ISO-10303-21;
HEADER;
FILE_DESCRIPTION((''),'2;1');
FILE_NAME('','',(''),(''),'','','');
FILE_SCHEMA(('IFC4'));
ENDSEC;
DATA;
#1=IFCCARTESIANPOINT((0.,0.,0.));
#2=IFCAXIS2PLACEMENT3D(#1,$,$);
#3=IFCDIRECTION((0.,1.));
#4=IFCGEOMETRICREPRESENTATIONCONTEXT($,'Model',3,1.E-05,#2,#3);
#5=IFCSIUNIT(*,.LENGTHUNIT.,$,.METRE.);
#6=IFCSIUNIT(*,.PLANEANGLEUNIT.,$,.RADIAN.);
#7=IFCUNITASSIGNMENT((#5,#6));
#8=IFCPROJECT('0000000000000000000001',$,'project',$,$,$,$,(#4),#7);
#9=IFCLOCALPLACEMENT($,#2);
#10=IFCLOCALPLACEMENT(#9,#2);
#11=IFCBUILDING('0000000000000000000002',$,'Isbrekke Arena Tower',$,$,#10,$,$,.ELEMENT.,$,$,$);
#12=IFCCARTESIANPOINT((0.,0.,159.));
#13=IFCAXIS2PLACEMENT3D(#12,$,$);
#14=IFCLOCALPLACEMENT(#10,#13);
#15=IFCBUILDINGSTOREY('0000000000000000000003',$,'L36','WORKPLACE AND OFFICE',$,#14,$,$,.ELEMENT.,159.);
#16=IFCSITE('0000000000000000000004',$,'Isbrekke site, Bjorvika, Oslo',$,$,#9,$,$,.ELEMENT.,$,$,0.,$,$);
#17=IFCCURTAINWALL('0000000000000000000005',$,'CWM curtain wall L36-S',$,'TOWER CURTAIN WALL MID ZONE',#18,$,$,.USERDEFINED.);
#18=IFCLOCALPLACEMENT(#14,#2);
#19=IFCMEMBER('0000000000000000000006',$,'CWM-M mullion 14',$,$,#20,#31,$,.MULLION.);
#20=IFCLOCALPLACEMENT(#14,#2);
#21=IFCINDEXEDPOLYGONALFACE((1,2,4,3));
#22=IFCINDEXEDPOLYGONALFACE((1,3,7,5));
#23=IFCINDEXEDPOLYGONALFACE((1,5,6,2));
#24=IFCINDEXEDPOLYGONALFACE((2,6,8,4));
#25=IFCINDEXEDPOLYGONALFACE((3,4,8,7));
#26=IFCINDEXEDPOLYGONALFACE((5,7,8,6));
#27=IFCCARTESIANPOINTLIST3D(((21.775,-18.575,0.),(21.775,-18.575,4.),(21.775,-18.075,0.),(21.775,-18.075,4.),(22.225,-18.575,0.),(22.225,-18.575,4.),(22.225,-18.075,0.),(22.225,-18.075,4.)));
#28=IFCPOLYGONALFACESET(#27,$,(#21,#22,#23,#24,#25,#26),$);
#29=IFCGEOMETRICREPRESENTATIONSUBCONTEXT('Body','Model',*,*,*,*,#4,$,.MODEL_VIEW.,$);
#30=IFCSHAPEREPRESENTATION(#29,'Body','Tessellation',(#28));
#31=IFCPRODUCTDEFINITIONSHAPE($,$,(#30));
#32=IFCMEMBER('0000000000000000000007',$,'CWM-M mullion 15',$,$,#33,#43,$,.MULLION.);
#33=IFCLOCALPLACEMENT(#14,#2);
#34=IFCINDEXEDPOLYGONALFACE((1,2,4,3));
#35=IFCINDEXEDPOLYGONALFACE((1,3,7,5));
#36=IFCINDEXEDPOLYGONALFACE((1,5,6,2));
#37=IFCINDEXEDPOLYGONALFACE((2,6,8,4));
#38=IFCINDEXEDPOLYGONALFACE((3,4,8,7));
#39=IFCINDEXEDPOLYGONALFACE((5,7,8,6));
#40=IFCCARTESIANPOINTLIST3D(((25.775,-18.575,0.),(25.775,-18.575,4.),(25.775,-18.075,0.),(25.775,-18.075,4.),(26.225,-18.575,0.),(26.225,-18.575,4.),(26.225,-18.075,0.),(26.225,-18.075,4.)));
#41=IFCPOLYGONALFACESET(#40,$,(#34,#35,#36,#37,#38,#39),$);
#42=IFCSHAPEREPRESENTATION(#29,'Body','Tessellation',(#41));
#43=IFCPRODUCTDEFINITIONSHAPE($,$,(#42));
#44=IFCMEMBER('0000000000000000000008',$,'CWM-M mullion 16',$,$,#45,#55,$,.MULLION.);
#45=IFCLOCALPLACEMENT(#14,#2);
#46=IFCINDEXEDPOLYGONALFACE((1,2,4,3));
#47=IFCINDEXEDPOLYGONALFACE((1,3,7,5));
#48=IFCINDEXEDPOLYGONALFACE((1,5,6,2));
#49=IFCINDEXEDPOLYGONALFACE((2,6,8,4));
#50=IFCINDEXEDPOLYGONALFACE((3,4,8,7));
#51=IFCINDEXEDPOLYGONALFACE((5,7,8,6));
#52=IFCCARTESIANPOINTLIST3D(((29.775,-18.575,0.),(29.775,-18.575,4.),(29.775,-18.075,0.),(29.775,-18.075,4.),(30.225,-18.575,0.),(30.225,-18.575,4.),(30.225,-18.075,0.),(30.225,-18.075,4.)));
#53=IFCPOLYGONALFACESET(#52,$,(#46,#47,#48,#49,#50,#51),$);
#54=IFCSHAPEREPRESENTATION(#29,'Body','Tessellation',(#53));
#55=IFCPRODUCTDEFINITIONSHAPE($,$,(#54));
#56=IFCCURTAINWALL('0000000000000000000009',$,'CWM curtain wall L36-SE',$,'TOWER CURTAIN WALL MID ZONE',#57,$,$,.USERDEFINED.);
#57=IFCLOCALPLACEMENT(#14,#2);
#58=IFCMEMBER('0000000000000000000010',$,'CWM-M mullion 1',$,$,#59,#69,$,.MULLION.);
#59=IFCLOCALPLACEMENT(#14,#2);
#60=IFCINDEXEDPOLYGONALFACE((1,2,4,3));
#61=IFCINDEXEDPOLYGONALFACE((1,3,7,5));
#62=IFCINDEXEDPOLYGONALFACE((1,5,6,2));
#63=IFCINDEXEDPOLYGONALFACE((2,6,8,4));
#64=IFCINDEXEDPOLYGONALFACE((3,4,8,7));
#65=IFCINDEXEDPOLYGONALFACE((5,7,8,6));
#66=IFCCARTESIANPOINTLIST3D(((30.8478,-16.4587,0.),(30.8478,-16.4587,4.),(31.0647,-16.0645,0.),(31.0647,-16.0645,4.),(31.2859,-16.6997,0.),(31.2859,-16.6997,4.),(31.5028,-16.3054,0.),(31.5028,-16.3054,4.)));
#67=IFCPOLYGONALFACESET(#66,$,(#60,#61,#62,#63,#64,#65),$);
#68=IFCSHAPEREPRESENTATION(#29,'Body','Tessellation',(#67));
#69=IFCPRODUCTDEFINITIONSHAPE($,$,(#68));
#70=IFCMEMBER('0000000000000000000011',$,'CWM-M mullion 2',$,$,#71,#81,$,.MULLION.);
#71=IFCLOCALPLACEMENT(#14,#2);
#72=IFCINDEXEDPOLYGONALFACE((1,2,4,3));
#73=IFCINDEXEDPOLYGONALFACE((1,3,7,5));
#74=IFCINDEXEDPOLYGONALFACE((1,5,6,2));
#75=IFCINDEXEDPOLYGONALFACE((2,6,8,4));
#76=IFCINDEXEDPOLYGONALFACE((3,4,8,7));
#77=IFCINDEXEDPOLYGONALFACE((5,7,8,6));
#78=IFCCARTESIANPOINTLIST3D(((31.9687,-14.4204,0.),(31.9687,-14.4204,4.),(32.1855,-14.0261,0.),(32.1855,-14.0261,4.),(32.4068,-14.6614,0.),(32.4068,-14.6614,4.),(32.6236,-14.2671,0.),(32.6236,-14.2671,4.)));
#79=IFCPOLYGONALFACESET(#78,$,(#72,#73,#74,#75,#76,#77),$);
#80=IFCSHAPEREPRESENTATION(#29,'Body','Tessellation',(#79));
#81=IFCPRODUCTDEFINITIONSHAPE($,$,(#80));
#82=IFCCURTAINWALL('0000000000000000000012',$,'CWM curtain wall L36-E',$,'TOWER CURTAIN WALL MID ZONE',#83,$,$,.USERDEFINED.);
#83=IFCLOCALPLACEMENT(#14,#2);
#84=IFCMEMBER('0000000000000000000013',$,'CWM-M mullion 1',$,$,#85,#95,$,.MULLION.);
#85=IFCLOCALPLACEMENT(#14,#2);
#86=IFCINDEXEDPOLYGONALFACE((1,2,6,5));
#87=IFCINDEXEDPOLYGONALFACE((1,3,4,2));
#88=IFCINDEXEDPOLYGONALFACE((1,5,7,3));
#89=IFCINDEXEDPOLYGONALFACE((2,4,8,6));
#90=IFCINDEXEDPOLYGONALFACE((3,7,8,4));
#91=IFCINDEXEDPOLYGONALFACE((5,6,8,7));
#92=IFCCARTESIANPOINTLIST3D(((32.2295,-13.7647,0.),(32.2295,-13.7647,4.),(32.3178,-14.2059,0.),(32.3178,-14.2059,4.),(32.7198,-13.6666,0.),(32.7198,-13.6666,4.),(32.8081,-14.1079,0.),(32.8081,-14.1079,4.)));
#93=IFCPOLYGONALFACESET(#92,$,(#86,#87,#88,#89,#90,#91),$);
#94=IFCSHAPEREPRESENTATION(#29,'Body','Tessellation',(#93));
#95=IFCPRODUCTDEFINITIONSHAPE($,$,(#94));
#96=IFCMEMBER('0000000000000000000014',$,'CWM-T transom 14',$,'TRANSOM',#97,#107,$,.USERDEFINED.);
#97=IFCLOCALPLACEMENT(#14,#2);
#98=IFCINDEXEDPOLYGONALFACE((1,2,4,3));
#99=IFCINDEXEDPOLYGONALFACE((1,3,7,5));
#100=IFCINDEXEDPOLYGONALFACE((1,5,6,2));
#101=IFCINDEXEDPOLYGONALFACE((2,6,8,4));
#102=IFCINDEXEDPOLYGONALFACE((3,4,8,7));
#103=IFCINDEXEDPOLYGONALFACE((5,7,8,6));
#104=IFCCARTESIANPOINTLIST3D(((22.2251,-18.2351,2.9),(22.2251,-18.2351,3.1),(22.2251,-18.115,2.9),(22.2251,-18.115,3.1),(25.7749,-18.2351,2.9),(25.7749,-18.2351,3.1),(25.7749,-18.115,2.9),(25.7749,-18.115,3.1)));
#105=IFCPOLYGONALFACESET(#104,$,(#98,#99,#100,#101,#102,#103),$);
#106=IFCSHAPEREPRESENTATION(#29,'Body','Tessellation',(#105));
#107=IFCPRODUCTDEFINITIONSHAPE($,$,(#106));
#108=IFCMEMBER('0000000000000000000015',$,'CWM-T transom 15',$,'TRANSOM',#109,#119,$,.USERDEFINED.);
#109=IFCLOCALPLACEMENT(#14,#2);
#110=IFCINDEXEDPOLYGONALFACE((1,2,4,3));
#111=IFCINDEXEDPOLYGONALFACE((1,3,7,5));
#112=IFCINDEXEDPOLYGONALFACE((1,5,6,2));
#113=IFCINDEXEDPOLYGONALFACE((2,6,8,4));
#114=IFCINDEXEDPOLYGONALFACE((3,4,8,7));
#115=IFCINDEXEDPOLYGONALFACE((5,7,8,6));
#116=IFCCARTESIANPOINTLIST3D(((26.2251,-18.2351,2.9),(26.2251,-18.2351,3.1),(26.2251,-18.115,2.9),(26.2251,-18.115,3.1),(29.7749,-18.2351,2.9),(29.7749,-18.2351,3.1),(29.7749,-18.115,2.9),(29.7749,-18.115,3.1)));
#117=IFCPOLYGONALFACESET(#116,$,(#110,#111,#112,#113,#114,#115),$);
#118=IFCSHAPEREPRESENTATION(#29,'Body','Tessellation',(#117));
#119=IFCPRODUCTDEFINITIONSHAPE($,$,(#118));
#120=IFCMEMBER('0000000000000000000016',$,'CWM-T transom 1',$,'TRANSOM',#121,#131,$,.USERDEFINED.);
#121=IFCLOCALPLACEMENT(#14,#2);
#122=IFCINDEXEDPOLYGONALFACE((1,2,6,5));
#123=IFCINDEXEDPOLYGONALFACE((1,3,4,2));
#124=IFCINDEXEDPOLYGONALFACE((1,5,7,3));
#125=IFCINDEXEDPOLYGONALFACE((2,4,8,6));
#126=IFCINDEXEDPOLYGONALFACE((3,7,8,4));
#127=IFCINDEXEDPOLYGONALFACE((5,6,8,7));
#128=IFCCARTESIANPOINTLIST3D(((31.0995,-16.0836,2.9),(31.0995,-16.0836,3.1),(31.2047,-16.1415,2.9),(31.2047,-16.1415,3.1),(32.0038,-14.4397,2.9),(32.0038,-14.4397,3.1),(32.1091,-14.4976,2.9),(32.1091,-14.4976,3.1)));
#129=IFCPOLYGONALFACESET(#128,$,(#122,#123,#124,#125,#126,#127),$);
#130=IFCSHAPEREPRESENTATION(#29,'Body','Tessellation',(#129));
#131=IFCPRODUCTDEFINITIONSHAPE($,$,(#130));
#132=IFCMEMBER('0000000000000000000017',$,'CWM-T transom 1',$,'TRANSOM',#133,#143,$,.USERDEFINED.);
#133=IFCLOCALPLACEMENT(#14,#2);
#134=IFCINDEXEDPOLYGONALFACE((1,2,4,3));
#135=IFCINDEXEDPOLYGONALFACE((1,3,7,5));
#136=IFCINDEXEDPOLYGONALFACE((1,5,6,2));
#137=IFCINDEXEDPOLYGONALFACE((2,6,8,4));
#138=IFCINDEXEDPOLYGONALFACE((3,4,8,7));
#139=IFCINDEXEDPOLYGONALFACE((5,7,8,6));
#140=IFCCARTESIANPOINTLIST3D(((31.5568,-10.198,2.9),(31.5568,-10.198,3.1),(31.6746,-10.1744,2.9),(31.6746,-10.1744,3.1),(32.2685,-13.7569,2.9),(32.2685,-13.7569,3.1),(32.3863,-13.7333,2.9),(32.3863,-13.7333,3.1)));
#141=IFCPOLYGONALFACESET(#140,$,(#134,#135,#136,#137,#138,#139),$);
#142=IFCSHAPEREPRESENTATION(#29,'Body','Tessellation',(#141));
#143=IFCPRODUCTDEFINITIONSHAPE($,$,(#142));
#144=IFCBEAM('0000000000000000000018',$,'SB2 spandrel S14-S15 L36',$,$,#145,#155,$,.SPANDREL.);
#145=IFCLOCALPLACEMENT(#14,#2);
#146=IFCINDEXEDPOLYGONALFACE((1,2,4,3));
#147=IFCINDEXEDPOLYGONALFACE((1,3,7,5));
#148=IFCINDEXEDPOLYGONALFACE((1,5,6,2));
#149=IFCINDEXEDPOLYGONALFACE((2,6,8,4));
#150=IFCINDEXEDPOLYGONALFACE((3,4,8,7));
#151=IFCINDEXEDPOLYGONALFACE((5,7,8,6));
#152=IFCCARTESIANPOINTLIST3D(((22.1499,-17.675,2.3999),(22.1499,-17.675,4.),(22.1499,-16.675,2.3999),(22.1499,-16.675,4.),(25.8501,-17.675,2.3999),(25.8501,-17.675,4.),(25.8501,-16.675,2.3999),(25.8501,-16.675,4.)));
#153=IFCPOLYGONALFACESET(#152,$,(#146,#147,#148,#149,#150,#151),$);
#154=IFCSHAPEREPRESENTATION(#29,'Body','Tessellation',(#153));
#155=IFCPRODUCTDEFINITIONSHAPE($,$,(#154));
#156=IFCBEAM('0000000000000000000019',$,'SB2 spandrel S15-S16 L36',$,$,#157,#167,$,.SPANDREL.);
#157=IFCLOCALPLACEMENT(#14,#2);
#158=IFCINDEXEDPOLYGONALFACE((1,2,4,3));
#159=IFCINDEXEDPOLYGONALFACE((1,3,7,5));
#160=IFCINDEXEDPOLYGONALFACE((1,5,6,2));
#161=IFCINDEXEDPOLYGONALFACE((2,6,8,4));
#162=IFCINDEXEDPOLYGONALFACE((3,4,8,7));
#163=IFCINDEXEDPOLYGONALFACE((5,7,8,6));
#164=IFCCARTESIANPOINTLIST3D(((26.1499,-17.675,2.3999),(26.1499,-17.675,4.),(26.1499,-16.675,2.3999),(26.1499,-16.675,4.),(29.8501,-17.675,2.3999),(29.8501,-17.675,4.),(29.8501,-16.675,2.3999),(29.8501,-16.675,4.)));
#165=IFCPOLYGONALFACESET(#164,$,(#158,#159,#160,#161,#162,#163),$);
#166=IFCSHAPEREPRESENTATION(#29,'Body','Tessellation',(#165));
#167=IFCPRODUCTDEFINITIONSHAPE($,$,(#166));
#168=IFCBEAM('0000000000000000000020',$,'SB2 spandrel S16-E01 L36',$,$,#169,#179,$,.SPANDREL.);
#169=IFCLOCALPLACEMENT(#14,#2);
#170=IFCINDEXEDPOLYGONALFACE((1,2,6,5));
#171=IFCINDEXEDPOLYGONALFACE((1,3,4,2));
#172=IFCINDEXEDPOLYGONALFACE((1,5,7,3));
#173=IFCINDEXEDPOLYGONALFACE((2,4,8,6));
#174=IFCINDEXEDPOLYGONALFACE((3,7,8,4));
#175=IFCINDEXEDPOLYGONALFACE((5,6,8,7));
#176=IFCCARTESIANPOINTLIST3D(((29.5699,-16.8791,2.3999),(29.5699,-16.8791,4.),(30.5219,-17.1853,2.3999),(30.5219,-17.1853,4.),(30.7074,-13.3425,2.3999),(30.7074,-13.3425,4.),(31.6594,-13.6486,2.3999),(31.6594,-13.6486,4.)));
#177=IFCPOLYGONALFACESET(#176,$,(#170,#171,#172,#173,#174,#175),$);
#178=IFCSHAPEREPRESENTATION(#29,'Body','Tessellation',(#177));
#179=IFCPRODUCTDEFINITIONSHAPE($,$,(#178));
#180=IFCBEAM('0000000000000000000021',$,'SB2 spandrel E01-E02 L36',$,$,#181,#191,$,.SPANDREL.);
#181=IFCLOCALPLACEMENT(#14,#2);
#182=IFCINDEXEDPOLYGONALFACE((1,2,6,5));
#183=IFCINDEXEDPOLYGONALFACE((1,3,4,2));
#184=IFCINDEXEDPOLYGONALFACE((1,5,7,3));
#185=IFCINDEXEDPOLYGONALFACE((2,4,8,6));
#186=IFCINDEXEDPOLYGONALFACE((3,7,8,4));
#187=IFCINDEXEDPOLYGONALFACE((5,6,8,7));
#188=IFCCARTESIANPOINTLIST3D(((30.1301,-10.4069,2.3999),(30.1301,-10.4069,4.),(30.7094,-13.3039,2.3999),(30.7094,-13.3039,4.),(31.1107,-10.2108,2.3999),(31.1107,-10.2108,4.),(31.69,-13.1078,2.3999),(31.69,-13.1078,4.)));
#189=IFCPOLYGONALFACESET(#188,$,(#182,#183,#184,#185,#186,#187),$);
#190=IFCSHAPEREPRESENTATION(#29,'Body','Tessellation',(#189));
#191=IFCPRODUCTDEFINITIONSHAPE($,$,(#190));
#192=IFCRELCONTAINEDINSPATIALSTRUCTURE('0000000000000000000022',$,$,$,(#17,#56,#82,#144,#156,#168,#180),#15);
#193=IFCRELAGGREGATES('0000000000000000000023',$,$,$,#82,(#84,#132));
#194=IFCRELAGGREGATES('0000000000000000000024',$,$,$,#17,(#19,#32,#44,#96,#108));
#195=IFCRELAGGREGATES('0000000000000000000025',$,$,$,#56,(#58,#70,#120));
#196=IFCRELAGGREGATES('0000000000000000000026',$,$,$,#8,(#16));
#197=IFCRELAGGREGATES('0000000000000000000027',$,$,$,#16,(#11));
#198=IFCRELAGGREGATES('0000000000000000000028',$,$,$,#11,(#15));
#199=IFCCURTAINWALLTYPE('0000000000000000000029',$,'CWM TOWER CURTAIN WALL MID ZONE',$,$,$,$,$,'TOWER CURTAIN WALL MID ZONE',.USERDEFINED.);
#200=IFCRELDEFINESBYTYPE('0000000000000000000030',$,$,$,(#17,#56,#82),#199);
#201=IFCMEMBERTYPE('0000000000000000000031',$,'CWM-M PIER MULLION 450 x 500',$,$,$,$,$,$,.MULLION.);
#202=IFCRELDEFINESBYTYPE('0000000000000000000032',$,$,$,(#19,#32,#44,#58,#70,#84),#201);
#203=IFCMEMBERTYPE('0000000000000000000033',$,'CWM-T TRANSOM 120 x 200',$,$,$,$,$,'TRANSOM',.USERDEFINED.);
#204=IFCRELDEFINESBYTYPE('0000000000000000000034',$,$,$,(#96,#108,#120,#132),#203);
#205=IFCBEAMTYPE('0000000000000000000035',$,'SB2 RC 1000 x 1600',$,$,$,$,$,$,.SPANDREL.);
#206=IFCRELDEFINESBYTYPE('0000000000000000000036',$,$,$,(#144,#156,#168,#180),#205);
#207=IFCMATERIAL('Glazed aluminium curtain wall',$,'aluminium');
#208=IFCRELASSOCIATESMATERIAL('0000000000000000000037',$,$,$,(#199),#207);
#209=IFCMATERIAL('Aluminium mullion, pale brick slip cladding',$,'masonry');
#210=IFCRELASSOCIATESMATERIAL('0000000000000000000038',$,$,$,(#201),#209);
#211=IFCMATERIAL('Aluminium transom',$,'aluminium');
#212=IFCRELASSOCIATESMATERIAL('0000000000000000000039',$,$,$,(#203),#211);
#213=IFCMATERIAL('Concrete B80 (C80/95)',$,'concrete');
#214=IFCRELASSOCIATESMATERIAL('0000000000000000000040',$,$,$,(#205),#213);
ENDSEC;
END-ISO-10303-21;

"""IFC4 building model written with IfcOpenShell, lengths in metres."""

from ifc_helpers import new_model, si_unit, direction, frame, origin, origin_2d, place, context, subcontext, project, spatial, rectangle, extrude, material, material_profile, profile_set, type_object, element, aggregate, save


model = new_model("IFC4")

# Units and contexts
model_context = context("Model", 3, precision=1e-05, world=origin(), true_north=direction((0.0, 1.0)))
body_context = subcontext(model_context, "Body", "Model", "MODEL_VIEW")
ifc_project = project(units=[si_unit("LENGTHUNIT", "METRE"), si_unit("PLANEANGLEUNIT", "RADIAN")], contexts=[model_context])

# Site, building, storey
site_placement = place(None, origin())
site = spatial("IfcSite", under=ifc_project, at=site_placement, Name="Isbrekke site, Bjorvika, Oslo", CompositionType="ELEMENT", RefElevation=0.0)
building_placement = place(site_placement, origin())
building = spatial("IfcBuilding", under=site, at=building_placement, Name="Isbrekke Arena Tower", CompositionType="ELEMENT")
storey_placement = place(building_placement, frame((0.0, 0.0, 159.0)))
storey = spatial("IfcBuildingStorey", under=building, at=storey_placement, Name="L36", Description="WORKPLACE AND OFFICE", CompositionType="ELEMENT", Elevation=159.0)

# Curtain walls, members
ifc_material_1 = material(Name="Glazed aluminium curtain wall", Category="aluminium")
curtain_wall_type = type_object("IfcCurtainWallType", Name="CWM TOWER CURTAIN WALL MID ZONE", ElementType="TOWER CURTAIN WALL MID ZONE", PredefinedType="USERDEFINED", material=ifc_material_1)
curtain_wall_1_placement = place(storey_placement, origin())
curtain_wall_1 = element("IfcCurtainWall", 1, at=curtain_wall_1_placement, inside=storey, type_object=curtain_wall_type, Name="CWM curtain wall L36-S", ObjectType="TOWER CURTAIN WALL MID ZONE", PredefinedType="USERDEFINED")
ifc_material_2 = material(Name="Aluminium mullion, pale brick slip cladding", Category="masonry")
ifc_material_profile_1 = material_profile(ifc_material_2, rectangle(XDim=0.45, YDim=0.5, at=origin_2d()), Name="PIER 450X500")
ifc_profile_set_1 = profile_set([ifc_material_profile_1], Name="Aluminium mullion, pale brick slip cladding")
member_type_1 = type_object("IfcMemberType", Name="CWM-M PIER MULLION 450 x 500", PredefinedType="MULLION", material=ifc_profile_set_1)
member_1_placement = place(storey_placement, frame((22.0, -18.325, 0.0), z_axis=(0.0, 0.0, 1.0), x_axis=(1.0, 0.0, 0.0)))
member_1 = element("IfcMember", 2, at=member_1_placement, type_object=member_type_1, Name="CWM-M mullion 14", PredefinedType="MULLION", context=body_context, shape_type="SweptSolid", body=[
    extrude(rectangle(XDim=0.45, YDim=0.5, at=origin_2d()), origin(), (0.0, 0.0, 1.0), 4.0),
])
member_2_placement = place(storey_placement, frame((26.0, -18.325, 0.0), z_axis=(0.0, 0.0, 1.0), x_axis=(1.0, 0.0, 0.0)))
member_2 = element("IfcMember", 3, at=member_2_placement, type_object=member_type_1, Name="CWM-M mullion 15", PredefinedType="MULLION", context=body_context, shape_type="SweptSolid", body=[
    extrude(rectangle(XDim=0.45, YDim=0.5, at=origin_2d()), origin(), (0.0, 0.0, 1.0), 4.0),
])
member_3_placement = place(storey_placement, frame((30.0, -18.325, 0.0), z_axis=(0.0, 0.0, 1.0), x_axis=(1.0, 0.0, 0.0)))
member_3 = element("IfcMember", 4, at=member_3_placement, type_object=member_type_1, Name="CWM-M mullion 16", PredefinedType="MULLION", context=body_context, shape_type="SweptSolid", body=[
    extrude(rectangle(XDim=0.45, YDim=0.5, at=origin_2d()), origin(), (0.0, 0.0, 1.0), 4.0),
])
curtain_wall_2_placement = place(storey_placement, origin())
curtain_wall_2 = element("IfcCurtainWall", 5, at=curtain_wall_2_placement, inside=storey, type_object=curtain_wall_type, Name="CWM curtain wall L36-SE", ObjectType="TOWER CURTAIN WALL MID ZONE", PredefinedType="USERDEFINED")
member_4_placement = place(storey_placement, frame((31.1753, -16.3821, 0.0), z_axis=(0.0, 0.0, 1.0), x_axis=(0.481919, 0.876216, 0.0)))
member_4 = element("IfcMember", 6, at=member_4_placement, type_object=member_type_1, Name="CWM-M mullion 1", PredefinedType="MULLION", context=body_context, shape_type="SweptSolid", body=[
    extrude(rectangle(XDim=0.45, YDim=0.5, at=origin_2d()), origin(), (0.0, 0.0, 1.0), 4.0),
])
member_5_placement = place(storey_placement, frame((32.2961, -14.3438, 0.0), z_axis=(0.0, 0.0, 1.0), x_axis=(0.481919, 0.876216, 0.0)))
member_5 = element("IfcMember", 7, at=member_5_placement, type_object=member_type_1, Name="CWM-M mullion 2", PredefinedType="MULLION", context=body_context, shape_type="SweptSolid", body=[
    extrude(rectangle(XDim=0.45, YDim=0.5, at=origin_2d()), origin(), (0.0, 0.0, 1.0), 4.0),
])

# Curtain wall, member
curtain_wall_3_placement = place(storey_placement, origin())
curtain_wall_3 = element("IfcCurtainWall", 8, at=curtain_wall_3_placement, inside=storey, type_object=curtain_wall_type, Name="CWM curtain wall L36-E", ObjectType="TOWER CURTAIN WALL MID ZONE", PredefinedType="USERDEFINED")
member_6_placement = place(storey_placement, frame((32.5188, -13.9363, 0.0), z_axis=(0.0, 0.0, 1.0), x_axis=(-0.196116, 0.980581, 0.0)))
member_6 = element("IfcMember", 9, at=member_6_placement, type_object=member_type_1, Name="CWM-M mullion 1", PredefinedType="MULLION", context=body_context, shape_type="SweptSolid", body=[
    extrude(rectangle(XDim=0.45, YDim=0.5, at=origin_2d()), origin(), (0.0, 0.0, 1.0), 4.0),
])

# Members
ifc_material_3 = material(Name="Aluminium transom", Category="aluminium")
ifc_material_profile_2 = material_profile(ifc_material_3, rectangle(XDim=0.1201, YDim=0.2, at=origin_2d()), Name="TRANSOM 120X200")
ifc_profile_set_2 = profile_set([ifc_material_profile_2], Name="Aluminium transom")
member_type_2 = type_object("IfcMemberType", Name="CWM-T TRANSOM 120 x 200", ElementType="TRANSOM", PredefinedType="USERDEFINED", material=ifc_profile_set_2)
member_7_placement = place(storey_placement, frame((22.2251, -18.175, 3.0), z_axis=(1.0, 0.0, 0.0), x_axis=(0.0, 1.0, 0.0)))
member_7 = element("IfcMember", 10, at=member_7_placement, type_object=member_type_2, Name="CWM-T transom 14", ObjectType="TRANSOM", PredefinedType="USERDEFINED", context=body_context, shape_type="SweptSolid", body=[
    extrude(rectangle(XDim=0.1201, YDim=0.2, at=origin_2d()), origin(), (0.0, 0.0, 1.0), 3.5498),
])
member_8_placement = place(storey_placement, frame((26.2251, -18.175, 3.0), z_axis=(1.0, 0.0, 0.0), x_axis=(0.0, 1.0, 0.0)))
member_8 = element("IfcMember", 11, at=member_8_placement, type_object=member_type_2, Name="CWM-T transom 15", ObjectType="TRANSOM", PredefinedType="USERDEFINED", context=body_context, shape_type="SweptSolid", body=[
    extrude(rectangle(XDim=0.1201, YDim=0.2, at=origin_2d()), origin(), (0.0, 0.0, 1.0), 3.5498),
])
member_9_placement = place(storey_placement, frame((31.1521, -16.1125, 3.0), z_axis=(0.482004, 0.876169, 0.0), x_axis=(-0.876169, 0.482004, 0.0)))
member_9 = element("IfcMember", 12, at=member_9_placement, type_object=member_type_2, Name="CWM-T transom 1", ObjectType="TRANSOM", PredefinedType="USERDEFINED", context=body_context, shape_type="SweptSolid", body=[
    extrude(rectangle(XDim=0.1201, YDim=0.2, at=origin_2d()), origin(), (0.0, 0.0, 1.0), 1.8762),
])
member_10_placement = place(storey_placement, frame((32.3274, -13.7451, 3.0), z_axis=(-0.19609, 0.980586, 0.0), x_axis=(-0.980586, -0.19609, 0.0)))
member_10 = element("IfcMember", 13, at=member_10_placement, type_object=member_type_2, Name="CWM-T transom 1", ObjectType="TRANSOM", PredefinedType="USERDEFINED", context=body_context, shape_type="SweptSolid", body=[
    extrude(rectangle(XDim=0.1201, YDim=0.2, at=origin_2d()), origin(), (0.0, 0.0, 1.0), 3.6294),
])
aggregate(curtain_wall_3, [member_6, member_10])

# Beams
ifc_material_4 = material(Name="Concrete B80 (C80/95)", Category="concrete")
ifc_material_profile_3 = material_profile(ifc_material_4, rectangle(XDim=1.0, YDim=1.6001, at=origin_2d()), Name="RC 1000x1600")
ifc_profile_set_3 = profile_set([ifc_material_profile_3], Name="Concrete B80 (C80/95)")
beam_type_1 = type_object("IfcBeamType", Name="SB2 RC 1000 x 1600", PredefinedType="SPANDREL", material=ifc_profile_set_3)
for number, where, z_axis, x_axis, name in (
    (14, (22.1499, -17.175, 3.2), (1.0, 0.0, 0.0), (0.0, 1.0, 0.0), "SB2 spandrel S14-S15 L36"),
    (15, (26.1499, -17.175, 3.2), (1.0, 0.0, 0.0), (0.0, 1.0, 0.0), "SB2 spandrel S15-S16 L36"),
):
    element("IfcBeam", number, at=place(storey_placement, frame(where, z_axis=z_axis, x_axis=x_axis)), inside=storey, type_object=beam_type_1, Name=name, PredefinedType="SPANDREL", context=body_context, shape_type="SweptSolid", body=[
        extrude(rectangle(XDim=1.0, YDim=1.6001, at=origin_2d()), origin(), (0.0, 0.0, 1.0), 3.7002),
    ])
beam_1_placement = place(storey_placement, frame((30.0459, -17.0322, 3.2), z_axis=(0.306175, 0.951975, 0.0), x_axis=(-0.951975, 0.306175, 0.0)))
element("IfcBeam", 16, at=beam_1_placement, inside=storey, type_object=beam_type_1, Name="SB2 spandrel S16-E01 L36", PredefinedType="SPANDREL", context=body_context, shape_type="SweptSolid", body=[
    extrude(rectangle(XDim=1.0, YDim=1.6001, at=origin_2d()), origin(), (0.0, 0.0, 1.0), 3.7151),
])
beam_2_placement = place(storey_placement, frame((31.1997, -13.2058, 3.2), z_axis=(-0.1961, 0.980584, 0.0), x_axis=(-0.980584, -0.1961, 0.0)))
element("IfcBeam", 17, at=beam_2_placement, inside=storey, type_object=beam_type_1, Name="SB2 spandrel E01-E02 L36", PredefinedType="SPANDREL", context=body_context, shape_type="SweptSolid", body=[
    extrude(rectangle(XDim=1.0, YDim=1.6001, at=origin_2d()), origin(), (0.0, 0.0, 1.0), 2.9543),
])

aggregate(curtain_wall_1, [member_1, member_2, member_3, member_7, member_8])
aggregate(curtain_wall_2, [member_4, member_5, member_9])

save(model, "model.ifc")
